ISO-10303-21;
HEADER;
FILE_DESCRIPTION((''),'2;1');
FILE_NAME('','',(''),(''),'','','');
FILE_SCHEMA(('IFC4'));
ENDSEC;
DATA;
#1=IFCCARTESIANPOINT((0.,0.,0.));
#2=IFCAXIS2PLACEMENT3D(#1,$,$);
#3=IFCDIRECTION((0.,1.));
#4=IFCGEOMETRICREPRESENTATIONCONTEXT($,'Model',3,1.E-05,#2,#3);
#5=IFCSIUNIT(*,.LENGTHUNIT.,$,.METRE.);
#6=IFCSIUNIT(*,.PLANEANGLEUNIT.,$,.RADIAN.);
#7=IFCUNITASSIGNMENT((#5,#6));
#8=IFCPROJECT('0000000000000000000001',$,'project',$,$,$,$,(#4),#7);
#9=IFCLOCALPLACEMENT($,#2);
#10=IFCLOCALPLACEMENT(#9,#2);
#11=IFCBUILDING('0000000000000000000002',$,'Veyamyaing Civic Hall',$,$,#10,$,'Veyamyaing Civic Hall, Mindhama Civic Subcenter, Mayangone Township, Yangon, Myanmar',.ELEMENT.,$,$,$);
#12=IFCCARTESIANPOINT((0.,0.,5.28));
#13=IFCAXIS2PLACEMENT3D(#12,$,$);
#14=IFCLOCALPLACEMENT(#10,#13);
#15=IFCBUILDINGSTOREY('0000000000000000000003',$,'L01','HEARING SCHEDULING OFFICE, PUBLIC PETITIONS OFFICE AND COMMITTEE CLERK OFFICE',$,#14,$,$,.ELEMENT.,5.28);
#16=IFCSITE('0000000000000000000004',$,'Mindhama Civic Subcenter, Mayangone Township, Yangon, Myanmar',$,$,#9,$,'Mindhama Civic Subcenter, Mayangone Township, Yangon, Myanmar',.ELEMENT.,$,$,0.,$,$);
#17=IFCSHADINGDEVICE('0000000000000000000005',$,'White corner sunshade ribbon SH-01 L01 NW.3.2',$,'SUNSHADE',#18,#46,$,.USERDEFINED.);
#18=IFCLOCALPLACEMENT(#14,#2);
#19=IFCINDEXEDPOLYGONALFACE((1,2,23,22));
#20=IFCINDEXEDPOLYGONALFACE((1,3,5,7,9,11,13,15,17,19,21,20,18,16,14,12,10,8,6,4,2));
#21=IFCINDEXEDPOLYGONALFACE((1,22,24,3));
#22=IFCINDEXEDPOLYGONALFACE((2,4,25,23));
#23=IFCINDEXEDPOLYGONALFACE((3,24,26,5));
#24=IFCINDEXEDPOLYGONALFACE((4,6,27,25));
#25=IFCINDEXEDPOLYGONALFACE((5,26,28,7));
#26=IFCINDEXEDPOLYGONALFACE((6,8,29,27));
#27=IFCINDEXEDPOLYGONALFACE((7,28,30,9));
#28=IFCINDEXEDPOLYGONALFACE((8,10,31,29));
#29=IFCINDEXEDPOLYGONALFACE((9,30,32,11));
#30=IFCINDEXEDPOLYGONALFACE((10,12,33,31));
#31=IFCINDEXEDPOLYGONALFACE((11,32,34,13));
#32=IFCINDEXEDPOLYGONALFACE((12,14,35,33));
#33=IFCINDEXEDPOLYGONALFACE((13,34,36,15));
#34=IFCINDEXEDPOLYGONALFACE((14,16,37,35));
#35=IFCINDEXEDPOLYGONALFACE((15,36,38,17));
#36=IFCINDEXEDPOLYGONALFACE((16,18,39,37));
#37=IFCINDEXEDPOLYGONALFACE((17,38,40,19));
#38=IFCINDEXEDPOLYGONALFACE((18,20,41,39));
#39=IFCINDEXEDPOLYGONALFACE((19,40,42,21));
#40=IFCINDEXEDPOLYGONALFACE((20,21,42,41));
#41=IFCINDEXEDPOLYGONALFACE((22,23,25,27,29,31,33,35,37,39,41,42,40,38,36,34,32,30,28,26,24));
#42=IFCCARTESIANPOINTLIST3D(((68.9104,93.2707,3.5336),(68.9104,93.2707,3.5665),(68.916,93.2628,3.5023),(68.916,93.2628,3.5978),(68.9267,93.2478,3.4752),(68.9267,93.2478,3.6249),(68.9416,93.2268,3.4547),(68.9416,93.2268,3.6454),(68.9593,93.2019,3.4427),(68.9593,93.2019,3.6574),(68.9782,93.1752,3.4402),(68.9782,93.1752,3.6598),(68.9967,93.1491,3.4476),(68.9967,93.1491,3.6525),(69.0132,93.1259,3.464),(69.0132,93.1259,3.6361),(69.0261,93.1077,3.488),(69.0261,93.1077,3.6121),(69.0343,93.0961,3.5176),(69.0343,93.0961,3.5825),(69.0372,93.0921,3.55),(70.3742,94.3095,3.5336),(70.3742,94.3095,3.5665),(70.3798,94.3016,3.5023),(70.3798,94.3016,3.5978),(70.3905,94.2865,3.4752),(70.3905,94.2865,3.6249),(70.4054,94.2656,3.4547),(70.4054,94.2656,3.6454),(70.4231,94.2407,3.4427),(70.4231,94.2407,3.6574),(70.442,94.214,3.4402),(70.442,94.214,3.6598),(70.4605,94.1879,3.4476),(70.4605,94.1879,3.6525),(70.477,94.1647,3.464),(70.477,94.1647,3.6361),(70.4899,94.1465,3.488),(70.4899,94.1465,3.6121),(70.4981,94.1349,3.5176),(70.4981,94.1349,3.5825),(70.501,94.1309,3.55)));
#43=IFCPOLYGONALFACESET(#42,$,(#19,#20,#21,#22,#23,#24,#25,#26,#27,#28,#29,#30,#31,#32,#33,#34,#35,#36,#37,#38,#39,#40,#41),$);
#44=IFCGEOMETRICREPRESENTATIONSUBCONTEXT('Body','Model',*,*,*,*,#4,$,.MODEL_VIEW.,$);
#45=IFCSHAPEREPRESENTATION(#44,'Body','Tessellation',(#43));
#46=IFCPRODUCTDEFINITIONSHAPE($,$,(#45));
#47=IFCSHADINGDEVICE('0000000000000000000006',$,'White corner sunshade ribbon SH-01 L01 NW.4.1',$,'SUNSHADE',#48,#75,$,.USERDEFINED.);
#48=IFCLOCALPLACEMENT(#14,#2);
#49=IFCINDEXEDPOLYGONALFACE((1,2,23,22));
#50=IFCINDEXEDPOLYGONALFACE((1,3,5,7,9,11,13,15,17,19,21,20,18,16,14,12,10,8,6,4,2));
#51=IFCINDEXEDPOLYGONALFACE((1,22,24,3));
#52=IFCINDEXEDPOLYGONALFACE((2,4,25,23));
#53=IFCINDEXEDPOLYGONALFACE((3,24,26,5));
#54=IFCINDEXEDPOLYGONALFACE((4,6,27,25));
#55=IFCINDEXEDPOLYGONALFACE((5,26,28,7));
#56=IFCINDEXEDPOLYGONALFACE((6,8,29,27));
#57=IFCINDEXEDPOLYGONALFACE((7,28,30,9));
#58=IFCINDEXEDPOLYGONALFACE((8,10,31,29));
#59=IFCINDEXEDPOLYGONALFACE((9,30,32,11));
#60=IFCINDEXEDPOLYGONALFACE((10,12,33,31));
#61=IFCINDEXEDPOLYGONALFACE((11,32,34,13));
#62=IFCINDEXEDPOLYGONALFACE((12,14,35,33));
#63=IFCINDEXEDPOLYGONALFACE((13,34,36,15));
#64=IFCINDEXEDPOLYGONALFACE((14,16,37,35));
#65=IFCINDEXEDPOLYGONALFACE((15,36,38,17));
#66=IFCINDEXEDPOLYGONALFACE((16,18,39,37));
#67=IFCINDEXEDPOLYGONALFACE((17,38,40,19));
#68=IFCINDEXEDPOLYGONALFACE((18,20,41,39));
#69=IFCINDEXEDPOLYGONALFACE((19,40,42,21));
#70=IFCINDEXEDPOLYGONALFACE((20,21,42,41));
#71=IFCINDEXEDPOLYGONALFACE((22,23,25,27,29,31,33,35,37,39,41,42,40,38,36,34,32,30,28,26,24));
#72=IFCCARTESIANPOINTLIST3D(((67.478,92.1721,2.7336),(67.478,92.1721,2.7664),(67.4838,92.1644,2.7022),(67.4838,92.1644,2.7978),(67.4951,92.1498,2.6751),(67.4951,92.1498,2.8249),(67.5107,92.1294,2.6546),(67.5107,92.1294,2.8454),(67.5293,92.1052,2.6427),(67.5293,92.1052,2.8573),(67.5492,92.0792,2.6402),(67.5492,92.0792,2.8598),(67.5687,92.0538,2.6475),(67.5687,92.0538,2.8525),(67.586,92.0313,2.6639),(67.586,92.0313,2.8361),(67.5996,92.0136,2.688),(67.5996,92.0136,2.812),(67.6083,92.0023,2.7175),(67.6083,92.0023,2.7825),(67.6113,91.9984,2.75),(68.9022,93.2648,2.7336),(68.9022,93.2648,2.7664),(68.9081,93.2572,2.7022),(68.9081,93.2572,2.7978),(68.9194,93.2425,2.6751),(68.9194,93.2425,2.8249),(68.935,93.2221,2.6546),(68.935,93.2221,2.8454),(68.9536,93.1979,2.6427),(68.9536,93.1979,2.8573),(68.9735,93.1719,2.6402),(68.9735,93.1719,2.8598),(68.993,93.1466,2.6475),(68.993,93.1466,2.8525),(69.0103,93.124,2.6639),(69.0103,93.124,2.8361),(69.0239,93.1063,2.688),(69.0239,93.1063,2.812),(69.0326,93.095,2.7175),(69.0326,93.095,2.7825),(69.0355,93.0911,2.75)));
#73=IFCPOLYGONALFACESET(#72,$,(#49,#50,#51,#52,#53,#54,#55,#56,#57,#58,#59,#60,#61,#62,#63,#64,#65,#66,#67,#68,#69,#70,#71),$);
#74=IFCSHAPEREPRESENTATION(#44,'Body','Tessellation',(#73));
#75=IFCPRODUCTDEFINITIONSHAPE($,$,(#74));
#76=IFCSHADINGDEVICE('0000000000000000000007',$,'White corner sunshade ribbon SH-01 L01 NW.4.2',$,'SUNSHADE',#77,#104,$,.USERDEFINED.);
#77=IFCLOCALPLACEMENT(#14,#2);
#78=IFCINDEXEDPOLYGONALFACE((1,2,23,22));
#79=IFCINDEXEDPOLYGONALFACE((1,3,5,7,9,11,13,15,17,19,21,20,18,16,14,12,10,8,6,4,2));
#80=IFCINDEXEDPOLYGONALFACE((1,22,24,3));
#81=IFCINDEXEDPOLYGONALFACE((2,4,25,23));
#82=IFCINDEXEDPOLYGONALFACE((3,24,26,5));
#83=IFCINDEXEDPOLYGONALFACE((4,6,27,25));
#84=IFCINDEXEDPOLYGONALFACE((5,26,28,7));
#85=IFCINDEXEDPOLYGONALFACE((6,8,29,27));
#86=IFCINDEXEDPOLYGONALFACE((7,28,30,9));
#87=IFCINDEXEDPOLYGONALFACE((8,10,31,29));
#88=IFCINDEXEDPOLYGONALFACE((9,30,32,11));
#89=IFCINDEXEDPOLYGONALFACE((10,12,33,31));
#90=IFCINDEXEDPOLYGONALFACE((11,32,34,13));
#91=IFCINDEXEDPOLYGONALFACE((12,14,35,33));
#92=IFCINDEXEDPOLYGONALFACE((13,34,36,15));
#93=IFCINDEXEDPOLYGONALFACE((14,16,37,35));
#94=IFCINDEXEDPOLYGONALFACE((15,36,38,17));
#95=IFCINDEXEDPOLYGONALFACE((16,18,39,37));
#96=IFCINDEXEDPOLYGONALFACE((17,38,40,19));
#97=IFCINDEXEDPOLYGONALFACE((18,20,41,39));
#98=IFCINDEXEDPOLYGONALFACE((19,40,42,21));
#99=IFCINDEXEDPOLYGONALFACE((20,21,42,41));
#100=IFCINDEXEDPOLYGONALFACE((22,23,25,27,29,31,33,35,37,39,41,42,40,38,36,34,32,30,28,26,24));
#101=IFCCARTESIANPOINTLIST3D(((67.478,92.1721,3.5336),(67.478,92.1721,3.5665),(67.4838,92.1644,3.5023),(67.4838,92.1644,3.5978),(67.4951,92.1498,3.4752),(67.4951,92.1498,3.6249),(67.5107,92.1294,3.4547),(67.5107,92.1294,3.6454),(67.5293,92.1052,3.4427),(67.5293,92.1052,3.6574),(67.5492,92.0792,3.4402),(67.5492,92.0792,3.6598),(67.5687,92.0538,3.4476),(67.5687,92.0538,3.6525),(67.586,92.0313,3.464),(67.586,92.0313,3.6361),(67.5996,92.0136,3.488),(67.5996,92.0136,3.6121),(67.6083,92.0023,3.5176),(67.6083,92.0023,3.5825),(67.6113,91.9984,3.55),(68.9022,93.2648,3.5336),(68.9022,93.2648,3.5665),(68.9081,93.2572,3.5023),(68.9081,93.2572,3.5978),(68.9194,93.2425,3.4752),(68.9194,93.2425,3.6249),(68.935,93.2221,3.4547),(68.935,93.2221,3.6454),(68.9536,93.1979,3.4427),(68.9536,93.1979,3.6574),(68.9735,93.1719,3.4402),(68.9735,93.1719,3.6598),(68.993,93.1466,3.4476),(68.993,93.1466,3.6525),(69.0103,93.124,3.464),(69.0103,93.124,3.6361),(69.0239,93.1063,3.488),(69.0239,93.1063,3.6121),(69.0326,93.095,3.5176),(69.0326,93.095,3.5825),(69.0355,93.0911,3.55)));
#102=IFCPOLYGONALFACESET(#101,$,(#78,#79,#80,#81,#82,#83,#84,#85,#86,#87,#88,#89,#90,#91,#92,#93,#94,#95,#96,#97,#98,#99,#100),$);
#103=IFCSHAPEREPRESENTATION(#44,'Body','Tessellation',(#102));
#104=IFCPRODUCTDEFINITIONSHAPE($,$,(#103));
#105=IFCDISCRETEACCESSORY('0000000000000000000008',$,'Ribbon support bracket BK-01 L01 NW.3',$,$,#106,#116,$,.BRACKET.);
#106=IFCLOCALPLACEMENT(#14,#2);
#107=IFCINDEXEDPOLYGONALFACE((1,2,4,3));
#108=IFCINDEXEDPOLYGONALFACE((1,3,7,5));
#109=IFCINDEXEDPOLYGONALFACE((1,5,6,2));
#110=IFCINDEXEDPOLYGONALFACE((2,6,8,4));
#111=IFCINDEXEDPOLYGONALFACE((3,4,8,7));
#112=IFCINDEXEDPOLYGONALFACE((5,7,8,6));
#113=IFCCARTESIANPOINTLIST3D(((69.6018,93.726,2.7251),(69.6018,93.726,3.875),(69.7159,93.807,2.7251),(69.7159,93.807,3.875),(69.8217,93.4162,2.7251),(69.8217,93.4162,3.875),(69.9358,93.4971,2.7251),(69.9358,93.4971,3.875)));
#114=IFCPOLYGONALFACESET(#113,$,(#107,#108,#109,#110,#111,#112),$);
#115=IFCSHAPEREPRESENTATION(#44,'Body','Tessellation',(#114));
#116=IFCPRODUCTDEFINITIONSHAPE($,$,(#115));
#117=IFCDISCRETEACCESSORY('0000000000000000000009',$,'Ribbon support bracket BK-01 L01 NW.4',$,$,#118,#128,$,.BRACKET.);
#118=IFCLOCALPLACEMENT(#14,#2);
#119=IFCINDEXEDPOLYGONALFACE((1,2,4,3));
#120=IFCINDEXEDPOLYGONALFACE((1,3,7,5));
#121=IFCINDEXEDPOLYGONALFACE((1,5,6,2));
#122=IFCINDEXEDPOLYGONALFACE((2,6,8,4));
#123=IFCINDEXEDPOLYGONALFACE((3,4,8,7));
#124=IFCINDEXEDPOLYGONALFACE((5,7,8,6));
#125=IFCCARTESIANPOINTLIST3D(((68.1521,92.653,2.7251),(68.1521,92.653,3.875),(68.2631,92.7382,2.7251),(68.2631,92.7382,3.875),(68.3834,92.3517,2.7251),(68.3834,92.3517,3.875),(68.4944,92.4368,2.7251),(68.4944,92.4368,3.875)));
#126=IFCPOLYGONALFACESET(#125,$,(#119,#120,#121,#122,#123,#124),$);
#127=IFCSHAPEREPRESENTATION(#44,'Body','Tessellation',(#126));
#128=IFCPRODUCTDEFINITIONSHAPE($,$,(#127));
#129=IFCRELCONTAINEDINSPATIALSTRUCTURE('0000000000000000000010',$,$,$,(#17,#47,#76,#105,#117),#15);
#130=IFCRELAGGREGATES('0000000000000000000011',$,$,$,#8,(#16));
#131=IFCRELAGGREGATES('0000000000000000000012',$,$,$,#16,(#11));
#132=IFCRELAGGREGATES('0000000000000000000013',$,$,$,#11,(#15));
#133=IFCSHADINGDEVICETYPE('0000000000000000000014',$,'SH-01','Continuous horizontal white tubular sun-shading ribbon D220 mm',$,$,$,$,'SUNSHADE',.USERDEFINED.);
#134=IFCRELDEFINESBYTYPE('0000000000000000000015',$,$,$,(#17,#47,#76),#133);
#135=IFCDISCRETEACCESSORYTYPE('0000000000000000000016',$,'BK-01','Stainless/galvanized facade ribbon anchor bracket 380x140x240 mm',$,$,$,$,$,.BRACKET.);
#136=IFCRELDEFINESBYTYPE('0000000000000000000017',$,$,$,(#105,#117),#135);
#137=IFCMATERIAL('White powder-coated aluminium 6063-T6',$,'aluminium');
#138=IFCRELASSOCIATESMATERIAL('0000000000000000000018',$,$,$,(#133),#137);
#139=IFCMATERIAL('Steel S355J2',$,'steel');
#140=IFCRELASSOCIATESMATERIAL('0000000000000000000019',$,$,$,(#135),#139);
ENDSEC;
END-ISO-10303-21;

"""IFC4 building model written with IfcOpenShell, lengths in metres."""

from ifc_helpers import new_model, si_unit, direction, frame, origin, origin_2d, place, context, subcontext, project, spatial, rectangle, circle, extrude, material, material_profile, profile_set, type_object, element, save


model = new_model("IFC4")

# Units and contexts
model_context = context("Model", 3, precision=1e-05, world=origin(), true_north=direction((0.0, 1.0)))
body_context = subcontext(model_context, "Body", "Model", "MODEL_VIEW")
ifc_project = project(units=[si_unit("LENGTHUNIT", "METRE"), si_unit("PLANEANGLEUNIT", "RADIAN")], contexts=[model_context])

# Site, building, storey
site_placement = place(None, origin())
site = spatial("IfcSite", under=ifc_project, at=site_placement, Name="Mindhama Civic Subcenter, Mayangone Township, Yangon, Myanmar", LongName="Mindhama Civic Subcenter, Mayangone Township, Yangon, Myanmar", CompositionType="ELEMENT", RefElevation=0.0)
building_placement = place(site_placement, origin())
building = spatial("IfcBuilding", under=site, at=building_placement, Name="Veyamyaing Civic Hall", LongName="Veyamyaing Civic Hall, Mindhama Civic Subcenter, Mayangone Township, Yangon, Myanmar", CompositionType="ELEMENT")
storey_placement = place(building_placement, frame((0.0, 0.0, 5.28)))
storey = spatial("IfcBuildingStorey", under=building, at=storey_placement, Name="L01", Description="HEARING SCHEDULING OFFICE, PUBLIC PETITIONS OFFICE AND COMMITTEE CLERK OFFICE", CompositionType="ELEMENT", Elevation=5.28)

# Shared definitions
ifc_material_1 = material(Name="White powder-coated aluminium 6063-T6", Category="aluminium")

# Shading devices
ifc_material_profile_1 = material_profile(ifc_material_1, circle(Radius=0.1101, at=origin_2d()), Name="SHADE-TUBE-220")
ifc_profile_set_1 = profile_set([ifc_material_profile_1], Name="White powder-coated aluminium 6063-T6")
shading_device_type = type_object("IfcShadingDeviceType", Name="SH-01", Description="Continuous horizontal white tubular sun-shading ribbon D220 mm", ElementType="SUNSHADE", PredefinedType="USERDEFINED", material=ifc_profile_set_1)
for number, where, z_axis, x_axis, name in (
    (1, (70.4373, 94.2207, 3.55), (-0.815522, -0.578727, 0.0), (0.578727, -0.815522, 0.0), "White corner sunshade ribbon SH-01 L01 NW.3.2"),
):
    element("IfcShadingDevice", number, at=place(storey_placement, frame(where, z_axis=z_axis, x_axis=x_axis)), inside=storey, type_object=shading_device_type, Name=name, ObjectType="SUNSHADE", PredefinedType="USERDEFINED", context=body_context, shape_type="SweptSolid", body=[
        extrude(circle(Radius=0.1101, at=origin_2d()), origin(), (0.0, 0.0, 1.0), 1.7949),
    ])
for number, where, z_axis, x_axis, name in (
    (2, (68.9685, 93.1785, 2.75), (-0.793392, -0.608711, 0.0), (0.608711, -0.793392, 0.0), "White corner sunshade ribbon SH-01 L01 NW.4.1"),
    (3, (68.9685, 93.1785, 3.55), (-0.793392, -0.608711, 0.0), (0.608711, -0.793392, 0.0), "White corner sunshade ribbon SH-01 L01 NW.4.2"),
):
    element("IfcShadingDevice", number, at=place(storey_placement, frame(where, z_axis=z_axis, x_axis=x_axis)), inside=storey, type_object=shading_device_type, Name=name, ObjectType="SUNSHADE", PredefinedType="USERDEFINED", context=body_context, shape_type="SweptSolid", body=[
        extrude(circle(Radius=0.1101, at=origin_2d()), origin(), (0.0, 0.0, 1.0), 1.7952),
    ])

# Discrete accessories
ifc_material_2 = material(Name="Steel S355J2", Category="steel")
discrete_accessory_type = type_object("IfcDiscreteAccessoryType", Name="BK-01", Description="Stainless/galvanized facade ribbon anchor bracket 380x140x240 mm", PredefinedType="BRACKET", material=ifc_material_2)
for number, where, z_axis, x_axis, name in (
    (4, (69.7688, 93.6116, 2.7251), (0.0, 0.0, 1.0), (-0.578671, 0.815561, 0.0), "Ribbon support bracket BK-01 L01 NW.3"),
    (5, (68.3232, 92.5449, 2.7251), (0.0, 0.0, 1.0), (-0.608761, 0.793353, 0.0), "Ribbon support bracket BK-01 L01 NW.4"),
):
    element("IfcDiscreteAccessory", number, at=place(storey_placement, frame(where, z_axis=z_axis, x_axis=x_axis)), inside=storey, type_object=discrete_accessory_type, Name=name, PredefinedType="BRACKET", context=body_context, shape_type="SweptSolid", body=[
        extrude(rectangle(XDim=0.3799, YDim=0.1399, at=origin_2d()), origin(), (0.0, 0.0, 1.0), 1.1499),
    ])

save(model, "model.ifc")
